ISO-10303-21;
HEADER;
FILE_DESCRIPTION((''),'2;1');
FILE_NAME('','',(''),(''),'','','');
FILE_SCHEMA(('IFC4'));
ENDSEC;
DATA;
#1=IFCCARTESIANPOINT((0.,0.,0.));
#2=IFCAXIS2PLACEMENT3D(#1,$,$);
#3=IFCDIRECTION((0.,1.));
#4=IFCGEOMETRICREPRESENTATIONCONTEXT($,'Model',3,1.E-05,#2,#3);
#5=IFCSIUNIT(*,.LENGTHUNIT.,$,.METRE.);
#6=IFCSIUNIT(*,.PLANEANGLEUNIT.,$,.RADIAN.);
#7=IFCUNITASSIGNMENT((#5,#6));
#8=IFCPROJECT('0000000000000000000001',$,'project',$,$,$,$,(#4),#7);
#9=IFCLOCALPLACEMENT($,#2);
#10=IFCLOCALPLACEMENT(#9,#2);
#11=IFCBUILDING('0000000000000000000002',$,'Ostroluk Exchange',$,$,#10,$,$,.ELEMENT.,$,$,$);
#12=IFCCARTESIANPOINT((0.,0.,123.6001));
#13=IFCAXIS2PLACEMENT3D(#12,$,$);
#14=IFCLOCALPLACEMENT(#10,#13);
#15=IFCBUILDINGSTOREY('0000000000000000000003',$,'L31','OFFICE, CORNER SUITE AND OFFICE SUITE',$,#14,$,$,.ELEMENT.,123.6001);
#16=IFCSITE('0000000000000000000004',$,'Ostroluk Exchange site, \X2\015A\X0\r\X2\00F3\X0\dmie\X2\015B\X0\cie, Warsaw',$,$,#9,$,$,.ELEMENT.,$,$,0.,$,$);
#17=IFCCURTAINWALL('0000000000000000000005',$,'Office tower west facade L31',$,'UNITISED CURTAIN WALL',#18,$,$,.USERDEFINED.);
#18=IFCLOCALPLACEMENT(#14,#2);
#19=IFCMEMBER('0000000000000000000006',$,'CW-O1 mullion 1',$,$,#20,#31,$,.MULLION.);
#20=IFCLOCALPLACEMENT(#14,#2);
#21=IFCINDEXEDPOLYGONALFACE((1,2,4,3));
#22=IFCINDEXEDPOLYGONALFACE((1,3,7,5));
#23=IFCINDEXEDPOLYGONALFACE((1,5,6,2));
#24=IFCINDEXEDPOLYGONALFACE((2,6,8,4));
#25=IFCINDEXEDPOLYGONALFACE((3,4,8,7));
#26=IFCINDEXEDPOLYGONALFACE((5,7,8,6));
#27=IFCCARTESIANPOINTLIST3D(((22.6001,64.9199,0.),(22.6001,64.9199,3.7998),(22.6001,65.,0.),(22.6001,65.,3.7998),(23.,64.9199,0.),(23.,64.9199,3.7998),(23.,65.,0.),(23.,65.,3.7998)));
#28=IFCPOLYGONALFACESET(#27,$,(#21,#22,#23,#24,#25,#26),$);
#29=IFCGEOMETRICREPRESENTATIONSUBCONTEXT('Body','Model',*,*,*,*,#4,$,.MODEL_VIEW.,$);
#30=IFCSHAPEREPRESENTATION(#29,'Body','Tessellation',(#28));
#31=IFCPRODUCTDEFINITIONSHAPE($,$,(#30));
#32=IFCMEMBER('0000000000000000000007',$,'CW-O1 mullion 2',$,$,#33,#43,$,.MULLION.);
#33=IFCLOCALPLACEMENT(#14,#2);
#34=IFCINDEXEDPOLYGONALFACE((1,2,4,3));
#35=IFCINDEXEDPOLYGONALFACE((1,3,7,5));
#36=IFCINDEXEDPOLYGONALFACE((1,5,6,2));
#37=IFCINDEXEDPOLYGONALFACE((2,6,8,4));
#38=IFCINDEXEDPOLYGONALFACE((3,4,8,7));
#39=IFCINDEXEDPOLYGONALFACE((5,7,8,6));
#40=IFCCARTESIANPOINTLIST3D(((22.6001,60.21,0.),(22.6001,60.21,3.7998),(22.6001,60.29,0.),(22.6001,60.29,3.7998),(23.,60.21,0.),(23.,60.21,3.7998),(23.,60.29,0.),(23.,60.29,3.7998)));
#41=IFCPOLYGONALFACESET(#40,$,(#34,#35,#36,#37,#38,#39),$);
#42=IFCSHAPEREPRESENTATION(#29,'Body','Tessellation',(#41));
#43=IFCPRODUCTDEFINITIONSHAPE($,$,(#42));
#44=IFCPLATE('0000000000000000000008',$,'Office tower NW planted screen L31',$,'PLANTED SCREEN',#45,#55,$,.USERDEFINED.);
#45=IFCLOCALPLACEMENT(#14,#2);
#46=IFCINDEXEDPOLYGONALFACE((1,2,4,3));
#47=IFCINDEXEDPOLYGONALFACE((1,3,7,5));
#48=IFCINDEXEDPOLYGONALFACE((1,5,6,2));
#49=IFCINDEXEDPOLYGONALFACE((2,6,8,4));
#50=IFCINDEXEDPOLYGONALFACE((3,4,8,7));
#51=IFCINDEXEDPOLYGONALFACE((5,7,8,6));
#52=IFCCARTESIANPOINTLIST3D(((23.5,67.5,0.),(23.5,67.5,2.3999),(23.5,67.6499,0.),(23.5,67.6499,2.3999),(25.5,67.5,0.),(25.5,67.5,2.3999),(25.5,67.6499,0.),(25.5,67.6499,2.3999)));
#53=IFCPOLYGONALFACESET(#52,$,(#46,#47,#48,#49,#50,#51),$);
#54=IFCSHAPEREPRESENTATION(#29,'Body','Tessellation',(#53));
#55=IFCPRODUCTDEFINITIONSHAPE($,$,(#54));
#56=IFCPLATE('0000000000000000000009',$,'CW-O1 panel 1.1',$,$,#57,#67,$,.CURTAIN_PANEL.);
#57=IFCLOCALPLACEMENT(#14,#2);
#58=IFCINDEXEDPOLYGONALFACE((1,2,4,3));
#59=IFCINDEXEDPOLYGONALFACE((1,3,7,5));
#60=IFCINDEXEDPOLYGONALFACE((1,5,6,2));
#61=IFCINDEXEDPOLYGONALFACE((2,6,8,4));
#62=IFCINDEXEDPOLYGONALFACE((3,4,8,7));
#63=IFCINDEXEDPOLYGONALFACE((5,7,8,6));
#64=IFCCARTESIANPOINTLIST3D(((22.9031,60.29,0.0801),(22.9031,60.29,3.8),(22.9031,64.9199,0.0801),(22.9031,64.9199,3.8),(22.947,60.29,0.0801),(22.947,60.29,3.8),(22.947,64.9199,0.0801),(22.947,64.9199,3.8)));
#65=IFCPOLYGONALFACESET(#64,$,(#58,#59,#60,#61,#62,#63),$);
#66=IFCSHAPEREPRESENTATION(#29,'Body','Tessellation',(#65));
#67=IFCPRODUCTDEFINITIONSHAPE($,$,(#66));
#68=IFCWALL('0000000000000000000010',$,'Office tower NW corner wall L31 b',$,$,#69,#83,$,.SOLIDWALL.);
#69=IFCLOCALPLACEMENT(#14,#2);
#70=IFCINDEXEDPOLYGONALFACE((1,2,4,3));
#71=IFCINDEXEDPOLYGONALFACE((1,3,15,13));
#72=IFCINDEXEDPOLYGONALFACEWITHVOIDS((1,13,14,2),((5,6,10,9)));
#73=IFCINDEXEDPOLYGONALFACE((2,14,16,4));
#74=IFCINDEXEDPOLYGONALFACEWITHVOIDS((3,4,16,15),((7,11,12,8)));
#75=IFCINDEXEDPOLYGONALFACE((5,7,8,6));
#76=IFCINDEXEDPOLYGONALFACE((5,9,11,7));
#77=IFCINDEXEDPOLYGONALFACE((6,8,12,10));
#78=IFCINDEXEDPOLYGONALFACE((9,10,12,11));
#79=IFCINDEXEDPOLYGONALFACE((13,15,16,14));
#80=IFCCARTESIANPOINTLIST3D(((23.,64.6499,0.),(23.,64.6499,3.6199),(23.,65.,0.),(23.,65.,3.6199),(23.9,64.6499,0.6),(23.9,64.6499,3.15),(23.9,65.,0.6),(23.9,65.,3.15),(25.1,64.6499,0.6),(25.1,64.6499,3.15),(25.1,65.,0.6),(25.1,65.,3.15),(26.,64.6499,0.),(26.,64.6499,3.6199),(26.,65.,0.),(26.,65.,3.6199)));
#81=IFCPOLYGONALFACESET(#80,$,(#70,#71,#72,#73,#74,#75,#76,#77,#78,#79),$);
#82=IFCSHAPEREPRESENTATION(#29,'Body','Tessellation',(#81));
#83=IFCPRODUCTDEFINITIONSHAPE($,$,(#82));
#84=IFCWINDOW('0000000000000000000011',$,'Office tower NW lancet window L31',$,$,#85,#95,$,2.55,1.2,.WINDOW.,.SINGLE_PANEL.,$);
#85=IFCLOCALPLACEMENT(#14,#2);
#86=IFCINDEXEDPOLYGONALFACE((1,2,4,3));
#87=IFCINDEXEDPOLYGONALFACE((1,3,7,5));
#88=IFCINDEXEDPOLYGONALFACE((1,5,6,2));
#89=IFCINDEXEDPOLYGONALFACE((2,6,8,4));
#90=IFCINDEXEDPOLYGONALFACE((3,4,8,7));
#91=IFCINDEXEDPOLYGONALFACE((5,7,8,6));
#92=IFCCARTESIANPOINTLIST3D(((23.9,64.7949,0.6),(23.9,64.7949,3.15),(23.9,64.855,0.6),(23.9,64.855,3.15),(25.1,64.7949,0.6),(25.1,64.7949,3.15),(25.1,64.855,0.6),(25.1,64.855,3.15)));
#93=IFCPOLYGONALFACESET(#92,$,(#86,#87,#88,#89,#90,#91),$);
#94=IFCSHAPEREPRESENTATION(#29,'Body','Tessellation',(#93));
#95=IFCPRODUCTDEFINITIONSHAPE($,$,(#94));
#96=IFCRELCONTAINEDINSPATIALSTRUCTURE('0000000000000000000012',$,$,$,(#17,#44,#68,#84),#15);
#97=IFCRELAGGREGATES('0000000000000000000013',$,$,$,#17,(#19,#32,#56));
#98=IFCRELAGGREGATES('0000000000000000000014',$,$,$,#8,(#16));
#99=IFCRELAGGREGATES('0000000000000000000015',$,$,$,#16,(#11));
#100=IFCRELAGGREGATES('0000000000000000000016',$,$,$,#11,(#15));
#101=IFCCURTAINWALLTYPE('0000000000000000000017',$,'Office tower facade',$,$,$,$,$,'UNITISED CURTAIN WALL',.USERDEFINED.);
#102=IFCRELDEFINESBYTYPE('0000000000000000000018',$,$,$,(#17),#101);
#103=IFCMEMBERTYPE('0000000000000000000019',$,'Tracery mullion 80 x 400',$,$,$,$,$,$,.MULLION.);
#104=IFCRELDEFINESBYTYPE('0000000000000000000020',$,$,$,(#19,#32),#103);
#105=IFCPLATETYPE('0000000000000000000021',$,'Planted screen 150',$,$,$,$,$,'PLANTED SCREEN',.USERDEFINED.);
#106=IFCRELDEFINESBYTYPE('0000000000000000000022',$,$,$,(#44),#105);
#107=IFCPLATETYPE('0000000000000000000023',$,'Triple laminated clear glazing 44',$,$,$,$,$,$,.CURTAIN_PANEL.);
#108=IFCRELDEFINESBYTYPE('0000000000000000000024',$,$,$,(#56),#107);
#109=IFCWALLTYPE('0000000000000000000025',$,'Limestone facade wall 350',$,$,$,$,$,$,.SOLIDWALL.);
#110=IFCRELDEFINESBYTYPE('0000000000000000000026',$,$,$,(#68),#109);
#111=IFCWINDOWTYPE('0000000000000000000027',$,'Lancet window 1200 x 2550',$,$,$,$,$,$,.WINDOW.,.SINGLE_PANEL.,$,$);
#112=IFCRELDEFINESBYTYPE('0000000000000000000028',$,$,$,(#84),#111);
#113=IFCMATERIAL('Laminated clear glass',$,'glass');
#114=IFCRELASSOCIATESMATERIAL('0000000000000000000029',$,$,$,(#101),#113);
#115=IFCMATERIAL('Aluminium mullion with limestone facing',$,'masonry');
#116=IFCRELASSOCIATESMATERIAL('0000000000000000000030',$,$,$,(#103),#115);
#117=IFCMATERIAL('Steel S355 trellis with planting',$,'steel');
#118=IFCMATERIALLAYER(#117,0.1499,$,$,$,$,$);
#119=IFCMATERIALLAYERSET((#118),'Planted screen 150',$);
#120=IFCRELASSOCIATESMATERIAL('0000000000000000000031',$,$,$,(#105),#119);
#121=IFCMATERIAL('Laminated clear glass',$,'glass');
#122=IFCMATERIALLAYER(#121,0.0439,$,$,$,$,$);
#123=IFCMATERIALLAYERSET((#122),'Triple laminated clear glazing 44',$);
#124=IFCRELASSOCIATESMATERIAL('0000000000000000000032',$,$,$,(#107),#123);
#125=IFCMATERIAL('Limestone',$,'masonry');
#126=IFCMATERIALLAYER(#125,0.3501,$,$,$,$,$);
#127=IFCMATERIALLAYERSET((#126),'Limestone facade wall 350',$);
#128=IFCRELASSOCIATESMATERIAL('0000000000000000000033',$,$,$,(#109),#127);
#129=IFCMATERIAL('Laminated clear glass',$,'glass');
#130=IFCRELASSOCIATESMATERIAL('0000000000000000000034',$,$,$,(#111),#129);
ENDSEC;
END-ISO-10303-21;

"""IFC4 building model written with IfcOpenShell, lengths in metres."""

from ifc_helpers import new_model, si_unit, direction, frame, frame_2d, origin, origin_2d, place, context, subcontext, project, spatial, rectangle, extrude, material, layer, layer_set, material_profile, profile_set, type_object, element, fill, aggregate, save


model = new_model("IFC4")

# Units and contexts
model_context = context("Model", 3, precision=1e-05, world=origin(), true_north=direction((0.0, 1.0)))
body_context = subcontext(model_context, "Body", "Model", "MODEL_VIEW")
ifc_project = project(units=[si_unit("LENGTHUNIT", "METRE"), si_unit("PLANEANGLEUNIT", "RADIAN")], contexts=[model_context])

# Site, building, storey
site_placement = place(None, origin())
site = spatial("IfcSite", under=ifc_project, at=site_placement, Name="Ostroluk Exchange site, Śródmieście, Warsaw", CompositionType="ELEMENT", RefElevation=0.0)
building_placement = place(site_placement, origin())
building = spatial("IfcBuilding", under=site, at=building_placement, Name="Ostroluk Exchange", CompositionType="ELEMENT")
storey_placement = place(building_placement, frame((0.0, 0.0, 123.6001)))
storey = spatial("IfcBuildingStorey", under=building, at=storey_placement, Name="L31", Description="OFFICE, CORNER SUITE AND OFFICE SUITE", CompositionType="ELEMENT", Elevation=123.6001)

# Curtain wall
ifc_material_1 = material(Name="Laminated clear glass", Category="glass")
curtain_wall_type = type_object("IfcCurtainWallType", Name="Office tower facade", ElementType="UNITISED CURTAIN WALL", PredefinedType="USERDEFINED", material=ifc_material_1)
curtain_wall_1_placement = place(storey_placement, origin())
curtain_wall_1 = element("IfcCurtainWall", 1, at=curtain_wall_1_placement, inside=storey, type_object=curtain_wall_type, Name="Office tower west facade L31", ObjectType="UNITISED CURTAIN WALL", PredefinedType="USERDEFINED")

# Shared definitions
ifc_material_2 = material(Name="Aluminium mullion with limestone facing", Category="masonry")
ifc_material_profile_1 = material_profile(ifc_material_2, rectangle(XDim=0.3999, YDim=0.0801, at=origin_2d()), Name="Tracery mullion 80 x 400")
ifc_profile_set_1 = profile_set([ifc_material_profile_1], Name="Aluminium mullion with limestone facing")
member_type_1 = type_object("IfcMemberType", Name="Tracery mullion 80 x 400", PredefinedType="MULLION", material=ifc_profile_set_1)

# Members
member_1_placement = place(storey_placement, frame((22.8, 64.96, 0.0), z_axis=(0.0, 0.0, 1.0), x_axis=(1.0, 0.0, 0.0)))
member_1 = element("IfcMember", 2, at=member_1_placement, type_object=member_type_1, Name="CW-O1 mullion 1", PredefinedType="MULLION", context=body_context, shape_type="SweptSolid", body=[
    extrude(rectangle(XDim=0.3999, YDim=0.0801, at=origin_2d()), origin(), (0.0, 0.0, 1.0), 3.7998),
])
member_2_placement = place(storey_placement, frame((22.8, 60.25, 0.0), z_axis=(0.0, 0.0, 1.0), x_axis=(1.0, 0.0, 0.0)))
member_2 = element("IfcMember", 3, at=member_2_placement, type_object=member_type_1, Name="CW-O1 mullion 2", PredefinedType="MULLION", context=body_context, shape_type="SweptSolid", body=[
    extrude(rectangle(XDim=0.3999, YDim=0.0801, at=origin_2d()), origin(), (0.0, 0.0, 1.0), 3.7998),
])

# Plates
ifc_material_3 = material(Name="Steel S355 trellis with planting", Category="steel")
ifc_layer_1 = layer(ifc_material_3, 0.1499)
ifc_layer_set_1 = layer_set([ifc_layer_1], Name="Planted screen 150")
plate_type_1 = type_object("IfcPlateType", Name="Planted screen 150", ElementType="PLANTED SCREEN", PredefinedType="USERDEFINED", material=ifc_layer_set_1)
plate_1_placement = place(storey_placement, frame((24.5, 67.575, 0.0), z_axis=(0.0, 0.0, 1.0), x_axis=(1.0, 0.0, 0.0)))
element("IfcPlate", 4, at=plate_1_placement, inside=storey, type_object=plate_type_1, Name="Office tower NW planted screen L31", ObjectType="PLANTED SCREEN", PredefinedType="USERDEFINED", context=body_context, shape_type="SweptSolid", body=[
    extrude(rectangle(XDim=2.0, YDim=0.1499, at=origin_2d()), origin(), (0.0, 0.0, 1.0), 2.3999),
])
ifc_material_4 = material(Name="Laminated clear glass", Category="glass")
ifc_layer_2 = layer(ifc_material_4, 0.0439)
ifc_layer_set_2 = layer_set([ifc_layer_2], Name="Triple laminated clear glazing 44")
plate_type_2 = type_object("IfcPlateType", Name="Triple laminated clear glazing 44", PredefinedType="CURTAIN_PANEL", material=ifc_layer_set_2)
plate_2_placement = place(storey_placement, frame((22.925, 62.605, 0.0801), z_axis=(0.0, 0.0, 1.0), x_axis=(0.0, -1.0, 0.0)))
plate_2 = element("IfcPlate", 5, at=plate_2_placement, type_object=plate_type_2, Name="CW-O1 panel 1.1", PredefinedType="CURTAIN_PANEL", context=body_context, shape_type="SweptSolid", body=[
    extrude(rectangle(XDim=4.6299, YDim=0.0439, at=origin_2d()), origin(), (0.0, 0.0, 1.0), 3.72),
])
aggregate(curtain_wall_1, [member_1, member_2, plate_2])

# Shared definitions
ifc_material_5 = material(Name="Limestone", Category="masonry")
ifc_layer_3 = layer(ifc_material_5, 0.3501)
ifc_layer_set_3 = layer_set([ifc_layer_3], Name="Limestone facade wall 350")
wall_type_1 = type_object("IfcWallType", Name="Limestone facade wall 350", PredefinedType="SOLIDWALL", material=ifc_layer_set_3)

# Wall, opening, window
wall_1_placement = place(storey_placement, frame((26.0, 64.825, 0.0), z_axis=(0.0, 0.0, 1.0), x_axis=(-1.0, 0.0, 0.0)))
wall_1 = element("IfcWall", 6, at=wall_1_placement, inside=storey, type_object=wall_type_1, Name="Office tower NW corner wall L31 b", PredefinedType="SOLIDWALL", context=body_context, shape_type="SweptSolid", body=[
    extrude(rectangle(XDim=3.0, YDim=0.3501, at=frame_2d((1.5, 0.0))), origin(), (0.0, 0.0, 1.0), 3.6199),
])
opening_1_placement = place(wall_1_placement, frame((0.8999, 0.0, 0.6001)))
opening_1 = element("IfcOpeningElement", 7, at=opening_1_placement, cuts=wall_1, PredefinedType="OPENING", context=body_context, shape_type="SweptSolid", body=[
    extrude(rectangle(XDim=1.2, YDim=2.55, at=frame_2d((0.6001, 1.2749))), frame((0.0, 0.1851, 0.0), z_axis=(0.0, -1.0, 0.0), x_axis=(1.0, 0.0, 0.0)), (0.0, 0.0, 1.0), 0.3701),
])
ifc_material_6 = material(Name="Laminated clear glass", Category="glass")
window_type = type_object("IfcWindowType", Name="Lancet window 1200 x 2550", PartitioningType="SINGLE_PANEL", PredefinedType="WINDOW", material=ifc_material_6)
window_placement = place(opening_1_placement, origin())
window = element("IfcWindow", 8, at=window_placement, inside=storey, type_object=window_type, Name="Office tower NW lancet window L31", OverallHeight=2.55, OverallWidth=1.2, PartitioningType="SINGLE_PANEL", PredefinedType="WINDOW", context=body_context, shape_type="SweptSolid", body=[
    extrude(rectangle(XDim=1.2, YDim=2.55, at=frame_2d((0.6001, 1.2749))), frame((0.0, 0.03, 0.0), z_axis=(0.0, -1.0, 0.0), x_axis=(1.0, 0.0, 0.0)), (0.0, 0.0, 1.0), 0.0601),
])
fill(opening_1, window)

save(model, "model.ifc")
